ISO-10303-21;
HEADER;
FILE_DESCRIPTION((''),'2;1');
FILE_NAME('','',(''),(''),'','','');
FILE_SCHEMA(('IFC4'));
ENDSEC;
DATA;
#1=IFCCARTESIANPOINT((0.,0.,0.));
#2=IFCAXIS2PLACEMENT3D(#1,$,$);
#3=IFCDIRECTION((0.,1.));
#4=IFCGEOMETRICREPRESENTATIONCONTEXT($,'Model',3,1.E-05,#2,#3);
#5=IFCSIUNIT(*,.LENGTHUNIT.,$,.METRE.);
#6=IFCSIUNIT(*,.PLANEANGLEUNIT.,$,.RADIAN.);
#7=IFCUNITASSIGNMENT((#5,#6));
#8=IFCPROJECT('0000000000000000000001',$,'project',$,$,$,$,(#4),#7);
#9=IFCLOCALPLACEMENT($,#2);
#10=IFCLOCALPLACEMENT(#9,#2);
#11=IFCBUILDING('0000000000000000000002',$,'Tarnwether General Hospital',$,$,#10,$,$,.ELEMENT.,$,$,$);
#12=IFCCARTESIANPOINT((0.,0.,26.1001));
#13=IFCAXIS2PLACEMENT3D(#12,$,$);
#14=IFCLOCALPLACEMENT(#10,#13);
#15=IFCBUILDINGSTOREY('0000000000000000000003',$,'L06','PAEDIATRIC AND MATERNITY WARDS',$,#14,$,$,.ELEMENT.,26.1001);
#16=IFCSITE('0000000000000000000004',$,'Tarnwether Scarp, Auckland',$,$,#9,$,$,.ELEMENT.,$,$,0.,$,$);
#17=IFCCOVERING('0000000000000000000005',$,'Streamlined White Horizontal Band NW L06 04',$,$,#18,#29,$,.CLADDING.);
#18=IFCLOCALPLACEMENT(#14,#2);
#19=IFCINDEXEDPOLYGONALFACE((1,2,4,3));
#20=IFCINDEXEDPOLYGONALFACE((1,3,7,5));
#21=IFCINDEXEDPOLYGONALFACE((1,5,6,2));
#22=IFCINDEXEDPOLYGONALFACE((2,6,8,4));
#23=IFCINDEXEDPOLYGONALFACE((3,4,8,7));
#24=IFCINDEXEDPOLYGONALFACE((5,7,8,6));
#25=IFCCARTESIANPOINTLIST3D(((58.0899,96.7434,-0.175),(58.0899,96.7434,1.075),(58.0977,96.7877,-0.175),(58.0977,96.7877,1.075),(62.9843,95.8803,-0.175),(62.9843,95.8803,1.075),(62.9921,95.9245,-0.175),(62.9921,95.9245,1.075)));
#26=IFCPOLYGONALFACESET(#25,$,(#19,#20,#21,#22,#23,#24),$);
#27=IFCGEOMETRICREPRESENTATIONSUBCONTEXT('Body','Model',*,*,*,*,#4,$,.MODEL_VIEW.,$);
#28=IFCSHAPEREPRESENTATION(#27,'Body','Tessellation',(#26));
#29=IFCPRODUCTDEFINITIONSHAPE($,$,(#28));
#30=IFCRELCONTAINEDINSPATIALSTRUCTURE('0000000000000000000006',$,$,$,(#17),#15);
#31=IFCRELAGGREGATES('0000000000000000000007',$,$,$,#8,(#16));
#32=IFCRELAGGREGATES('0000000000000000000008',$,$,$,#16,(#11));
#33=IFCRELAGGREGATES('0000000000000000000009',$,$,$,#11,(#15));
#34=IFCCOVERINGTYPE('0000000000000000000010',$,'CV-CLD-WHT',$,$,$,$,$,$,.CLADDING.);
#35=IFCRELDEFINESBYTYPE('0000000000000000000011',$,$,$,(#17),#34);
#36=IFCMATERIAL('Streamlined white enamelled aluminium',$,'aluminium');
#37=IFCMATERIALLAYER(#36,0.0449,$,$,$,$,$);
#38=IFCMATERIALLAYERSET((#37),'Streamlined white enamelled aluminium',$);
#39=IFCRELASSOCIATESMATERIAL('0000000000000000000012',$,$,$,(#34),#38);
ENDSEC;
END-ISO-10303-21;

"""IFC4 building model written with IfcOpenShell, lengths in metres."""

from ifc_helpers import new_model, si_unit, direction, frame, origin, origin_2d, place, context, subcontext, project, spatial, rectangle, extrude, material, layer, layer_set, type_object, element, save


model = new_model("IFC4")

# Units and contexts
model_context = context("Model", 3, precision=1e-05, world=origin(), true_north=direction((0.0, 1.0)))
body_context = subcontext(model_context, "Body", "Model", "MODEL_VIEW")
ifc_project = project(units=[si_unit("LENGTHUNIT", "METRE"), si_unit("PLANEANGLEUNIT", "RADIAN")], contexts=[model_context])

# Site, building, storey
site_placement = place(None, origin())
site = spatial("IfcSite", under=ifc_project, at=site_placement, Name="Tarnwether Scarp, Auckland", CompositionType="ELEMENT", RefElevation=0.0)
building_placement = place(site_placement, origin())
building = spatial("IfcBuilding", under=site, at=building_placement, Name="Tarnwether General Hospital", CompositionType="ELEMENT")
storey_placement = place(building_placement, frame((0.0, 0.0, 26.1001)))
storey = spatial("IfcBuildingStorey", under=building, at=storey_placement, Name="L06", Description="PAEDIATRIC AND MATERNITY WARDS", CompositionType="ELEMENT", Elevation=26.1001)

# Covering
ifc_material_1 = material(Name="Streamlined white enamelled aluminium", Category="aluminium")
ifc_layer_1 = layer(ifc_material_1, 0.0449)
ifc_layer_set_1 = layer_set([ifc_layer_1], Name="Streamlined white enamelled aluminium")
covering_type = type_object("IfcCoveringType", Name="CV-CLD-WHT", PredefinedType="CLADDING", material=ifc_layer_set_1)
covering_placement = place(storey_placement, frame((60.541, 96.334, -0.175), z_axis=(0.0, 0.0, 1.0), x_axis=(-0.984805, 0.173665, 0.0)))
element("IfcCovering", 1, at=covering_placement, inside=storey, type_object=covering_type, Name="Streamlined White Horizontal Band NW L06 04", PredefinedType="CLADDING", context=body_context, shape_type="SweptSolid", body=[
    extrude(rectangle(XDim=4.97, YDim=0.0449, at=origin_2d()), origin(), (0.0, 0.0, 1.0), 1.25),
])

save(model, "model.ifc")
